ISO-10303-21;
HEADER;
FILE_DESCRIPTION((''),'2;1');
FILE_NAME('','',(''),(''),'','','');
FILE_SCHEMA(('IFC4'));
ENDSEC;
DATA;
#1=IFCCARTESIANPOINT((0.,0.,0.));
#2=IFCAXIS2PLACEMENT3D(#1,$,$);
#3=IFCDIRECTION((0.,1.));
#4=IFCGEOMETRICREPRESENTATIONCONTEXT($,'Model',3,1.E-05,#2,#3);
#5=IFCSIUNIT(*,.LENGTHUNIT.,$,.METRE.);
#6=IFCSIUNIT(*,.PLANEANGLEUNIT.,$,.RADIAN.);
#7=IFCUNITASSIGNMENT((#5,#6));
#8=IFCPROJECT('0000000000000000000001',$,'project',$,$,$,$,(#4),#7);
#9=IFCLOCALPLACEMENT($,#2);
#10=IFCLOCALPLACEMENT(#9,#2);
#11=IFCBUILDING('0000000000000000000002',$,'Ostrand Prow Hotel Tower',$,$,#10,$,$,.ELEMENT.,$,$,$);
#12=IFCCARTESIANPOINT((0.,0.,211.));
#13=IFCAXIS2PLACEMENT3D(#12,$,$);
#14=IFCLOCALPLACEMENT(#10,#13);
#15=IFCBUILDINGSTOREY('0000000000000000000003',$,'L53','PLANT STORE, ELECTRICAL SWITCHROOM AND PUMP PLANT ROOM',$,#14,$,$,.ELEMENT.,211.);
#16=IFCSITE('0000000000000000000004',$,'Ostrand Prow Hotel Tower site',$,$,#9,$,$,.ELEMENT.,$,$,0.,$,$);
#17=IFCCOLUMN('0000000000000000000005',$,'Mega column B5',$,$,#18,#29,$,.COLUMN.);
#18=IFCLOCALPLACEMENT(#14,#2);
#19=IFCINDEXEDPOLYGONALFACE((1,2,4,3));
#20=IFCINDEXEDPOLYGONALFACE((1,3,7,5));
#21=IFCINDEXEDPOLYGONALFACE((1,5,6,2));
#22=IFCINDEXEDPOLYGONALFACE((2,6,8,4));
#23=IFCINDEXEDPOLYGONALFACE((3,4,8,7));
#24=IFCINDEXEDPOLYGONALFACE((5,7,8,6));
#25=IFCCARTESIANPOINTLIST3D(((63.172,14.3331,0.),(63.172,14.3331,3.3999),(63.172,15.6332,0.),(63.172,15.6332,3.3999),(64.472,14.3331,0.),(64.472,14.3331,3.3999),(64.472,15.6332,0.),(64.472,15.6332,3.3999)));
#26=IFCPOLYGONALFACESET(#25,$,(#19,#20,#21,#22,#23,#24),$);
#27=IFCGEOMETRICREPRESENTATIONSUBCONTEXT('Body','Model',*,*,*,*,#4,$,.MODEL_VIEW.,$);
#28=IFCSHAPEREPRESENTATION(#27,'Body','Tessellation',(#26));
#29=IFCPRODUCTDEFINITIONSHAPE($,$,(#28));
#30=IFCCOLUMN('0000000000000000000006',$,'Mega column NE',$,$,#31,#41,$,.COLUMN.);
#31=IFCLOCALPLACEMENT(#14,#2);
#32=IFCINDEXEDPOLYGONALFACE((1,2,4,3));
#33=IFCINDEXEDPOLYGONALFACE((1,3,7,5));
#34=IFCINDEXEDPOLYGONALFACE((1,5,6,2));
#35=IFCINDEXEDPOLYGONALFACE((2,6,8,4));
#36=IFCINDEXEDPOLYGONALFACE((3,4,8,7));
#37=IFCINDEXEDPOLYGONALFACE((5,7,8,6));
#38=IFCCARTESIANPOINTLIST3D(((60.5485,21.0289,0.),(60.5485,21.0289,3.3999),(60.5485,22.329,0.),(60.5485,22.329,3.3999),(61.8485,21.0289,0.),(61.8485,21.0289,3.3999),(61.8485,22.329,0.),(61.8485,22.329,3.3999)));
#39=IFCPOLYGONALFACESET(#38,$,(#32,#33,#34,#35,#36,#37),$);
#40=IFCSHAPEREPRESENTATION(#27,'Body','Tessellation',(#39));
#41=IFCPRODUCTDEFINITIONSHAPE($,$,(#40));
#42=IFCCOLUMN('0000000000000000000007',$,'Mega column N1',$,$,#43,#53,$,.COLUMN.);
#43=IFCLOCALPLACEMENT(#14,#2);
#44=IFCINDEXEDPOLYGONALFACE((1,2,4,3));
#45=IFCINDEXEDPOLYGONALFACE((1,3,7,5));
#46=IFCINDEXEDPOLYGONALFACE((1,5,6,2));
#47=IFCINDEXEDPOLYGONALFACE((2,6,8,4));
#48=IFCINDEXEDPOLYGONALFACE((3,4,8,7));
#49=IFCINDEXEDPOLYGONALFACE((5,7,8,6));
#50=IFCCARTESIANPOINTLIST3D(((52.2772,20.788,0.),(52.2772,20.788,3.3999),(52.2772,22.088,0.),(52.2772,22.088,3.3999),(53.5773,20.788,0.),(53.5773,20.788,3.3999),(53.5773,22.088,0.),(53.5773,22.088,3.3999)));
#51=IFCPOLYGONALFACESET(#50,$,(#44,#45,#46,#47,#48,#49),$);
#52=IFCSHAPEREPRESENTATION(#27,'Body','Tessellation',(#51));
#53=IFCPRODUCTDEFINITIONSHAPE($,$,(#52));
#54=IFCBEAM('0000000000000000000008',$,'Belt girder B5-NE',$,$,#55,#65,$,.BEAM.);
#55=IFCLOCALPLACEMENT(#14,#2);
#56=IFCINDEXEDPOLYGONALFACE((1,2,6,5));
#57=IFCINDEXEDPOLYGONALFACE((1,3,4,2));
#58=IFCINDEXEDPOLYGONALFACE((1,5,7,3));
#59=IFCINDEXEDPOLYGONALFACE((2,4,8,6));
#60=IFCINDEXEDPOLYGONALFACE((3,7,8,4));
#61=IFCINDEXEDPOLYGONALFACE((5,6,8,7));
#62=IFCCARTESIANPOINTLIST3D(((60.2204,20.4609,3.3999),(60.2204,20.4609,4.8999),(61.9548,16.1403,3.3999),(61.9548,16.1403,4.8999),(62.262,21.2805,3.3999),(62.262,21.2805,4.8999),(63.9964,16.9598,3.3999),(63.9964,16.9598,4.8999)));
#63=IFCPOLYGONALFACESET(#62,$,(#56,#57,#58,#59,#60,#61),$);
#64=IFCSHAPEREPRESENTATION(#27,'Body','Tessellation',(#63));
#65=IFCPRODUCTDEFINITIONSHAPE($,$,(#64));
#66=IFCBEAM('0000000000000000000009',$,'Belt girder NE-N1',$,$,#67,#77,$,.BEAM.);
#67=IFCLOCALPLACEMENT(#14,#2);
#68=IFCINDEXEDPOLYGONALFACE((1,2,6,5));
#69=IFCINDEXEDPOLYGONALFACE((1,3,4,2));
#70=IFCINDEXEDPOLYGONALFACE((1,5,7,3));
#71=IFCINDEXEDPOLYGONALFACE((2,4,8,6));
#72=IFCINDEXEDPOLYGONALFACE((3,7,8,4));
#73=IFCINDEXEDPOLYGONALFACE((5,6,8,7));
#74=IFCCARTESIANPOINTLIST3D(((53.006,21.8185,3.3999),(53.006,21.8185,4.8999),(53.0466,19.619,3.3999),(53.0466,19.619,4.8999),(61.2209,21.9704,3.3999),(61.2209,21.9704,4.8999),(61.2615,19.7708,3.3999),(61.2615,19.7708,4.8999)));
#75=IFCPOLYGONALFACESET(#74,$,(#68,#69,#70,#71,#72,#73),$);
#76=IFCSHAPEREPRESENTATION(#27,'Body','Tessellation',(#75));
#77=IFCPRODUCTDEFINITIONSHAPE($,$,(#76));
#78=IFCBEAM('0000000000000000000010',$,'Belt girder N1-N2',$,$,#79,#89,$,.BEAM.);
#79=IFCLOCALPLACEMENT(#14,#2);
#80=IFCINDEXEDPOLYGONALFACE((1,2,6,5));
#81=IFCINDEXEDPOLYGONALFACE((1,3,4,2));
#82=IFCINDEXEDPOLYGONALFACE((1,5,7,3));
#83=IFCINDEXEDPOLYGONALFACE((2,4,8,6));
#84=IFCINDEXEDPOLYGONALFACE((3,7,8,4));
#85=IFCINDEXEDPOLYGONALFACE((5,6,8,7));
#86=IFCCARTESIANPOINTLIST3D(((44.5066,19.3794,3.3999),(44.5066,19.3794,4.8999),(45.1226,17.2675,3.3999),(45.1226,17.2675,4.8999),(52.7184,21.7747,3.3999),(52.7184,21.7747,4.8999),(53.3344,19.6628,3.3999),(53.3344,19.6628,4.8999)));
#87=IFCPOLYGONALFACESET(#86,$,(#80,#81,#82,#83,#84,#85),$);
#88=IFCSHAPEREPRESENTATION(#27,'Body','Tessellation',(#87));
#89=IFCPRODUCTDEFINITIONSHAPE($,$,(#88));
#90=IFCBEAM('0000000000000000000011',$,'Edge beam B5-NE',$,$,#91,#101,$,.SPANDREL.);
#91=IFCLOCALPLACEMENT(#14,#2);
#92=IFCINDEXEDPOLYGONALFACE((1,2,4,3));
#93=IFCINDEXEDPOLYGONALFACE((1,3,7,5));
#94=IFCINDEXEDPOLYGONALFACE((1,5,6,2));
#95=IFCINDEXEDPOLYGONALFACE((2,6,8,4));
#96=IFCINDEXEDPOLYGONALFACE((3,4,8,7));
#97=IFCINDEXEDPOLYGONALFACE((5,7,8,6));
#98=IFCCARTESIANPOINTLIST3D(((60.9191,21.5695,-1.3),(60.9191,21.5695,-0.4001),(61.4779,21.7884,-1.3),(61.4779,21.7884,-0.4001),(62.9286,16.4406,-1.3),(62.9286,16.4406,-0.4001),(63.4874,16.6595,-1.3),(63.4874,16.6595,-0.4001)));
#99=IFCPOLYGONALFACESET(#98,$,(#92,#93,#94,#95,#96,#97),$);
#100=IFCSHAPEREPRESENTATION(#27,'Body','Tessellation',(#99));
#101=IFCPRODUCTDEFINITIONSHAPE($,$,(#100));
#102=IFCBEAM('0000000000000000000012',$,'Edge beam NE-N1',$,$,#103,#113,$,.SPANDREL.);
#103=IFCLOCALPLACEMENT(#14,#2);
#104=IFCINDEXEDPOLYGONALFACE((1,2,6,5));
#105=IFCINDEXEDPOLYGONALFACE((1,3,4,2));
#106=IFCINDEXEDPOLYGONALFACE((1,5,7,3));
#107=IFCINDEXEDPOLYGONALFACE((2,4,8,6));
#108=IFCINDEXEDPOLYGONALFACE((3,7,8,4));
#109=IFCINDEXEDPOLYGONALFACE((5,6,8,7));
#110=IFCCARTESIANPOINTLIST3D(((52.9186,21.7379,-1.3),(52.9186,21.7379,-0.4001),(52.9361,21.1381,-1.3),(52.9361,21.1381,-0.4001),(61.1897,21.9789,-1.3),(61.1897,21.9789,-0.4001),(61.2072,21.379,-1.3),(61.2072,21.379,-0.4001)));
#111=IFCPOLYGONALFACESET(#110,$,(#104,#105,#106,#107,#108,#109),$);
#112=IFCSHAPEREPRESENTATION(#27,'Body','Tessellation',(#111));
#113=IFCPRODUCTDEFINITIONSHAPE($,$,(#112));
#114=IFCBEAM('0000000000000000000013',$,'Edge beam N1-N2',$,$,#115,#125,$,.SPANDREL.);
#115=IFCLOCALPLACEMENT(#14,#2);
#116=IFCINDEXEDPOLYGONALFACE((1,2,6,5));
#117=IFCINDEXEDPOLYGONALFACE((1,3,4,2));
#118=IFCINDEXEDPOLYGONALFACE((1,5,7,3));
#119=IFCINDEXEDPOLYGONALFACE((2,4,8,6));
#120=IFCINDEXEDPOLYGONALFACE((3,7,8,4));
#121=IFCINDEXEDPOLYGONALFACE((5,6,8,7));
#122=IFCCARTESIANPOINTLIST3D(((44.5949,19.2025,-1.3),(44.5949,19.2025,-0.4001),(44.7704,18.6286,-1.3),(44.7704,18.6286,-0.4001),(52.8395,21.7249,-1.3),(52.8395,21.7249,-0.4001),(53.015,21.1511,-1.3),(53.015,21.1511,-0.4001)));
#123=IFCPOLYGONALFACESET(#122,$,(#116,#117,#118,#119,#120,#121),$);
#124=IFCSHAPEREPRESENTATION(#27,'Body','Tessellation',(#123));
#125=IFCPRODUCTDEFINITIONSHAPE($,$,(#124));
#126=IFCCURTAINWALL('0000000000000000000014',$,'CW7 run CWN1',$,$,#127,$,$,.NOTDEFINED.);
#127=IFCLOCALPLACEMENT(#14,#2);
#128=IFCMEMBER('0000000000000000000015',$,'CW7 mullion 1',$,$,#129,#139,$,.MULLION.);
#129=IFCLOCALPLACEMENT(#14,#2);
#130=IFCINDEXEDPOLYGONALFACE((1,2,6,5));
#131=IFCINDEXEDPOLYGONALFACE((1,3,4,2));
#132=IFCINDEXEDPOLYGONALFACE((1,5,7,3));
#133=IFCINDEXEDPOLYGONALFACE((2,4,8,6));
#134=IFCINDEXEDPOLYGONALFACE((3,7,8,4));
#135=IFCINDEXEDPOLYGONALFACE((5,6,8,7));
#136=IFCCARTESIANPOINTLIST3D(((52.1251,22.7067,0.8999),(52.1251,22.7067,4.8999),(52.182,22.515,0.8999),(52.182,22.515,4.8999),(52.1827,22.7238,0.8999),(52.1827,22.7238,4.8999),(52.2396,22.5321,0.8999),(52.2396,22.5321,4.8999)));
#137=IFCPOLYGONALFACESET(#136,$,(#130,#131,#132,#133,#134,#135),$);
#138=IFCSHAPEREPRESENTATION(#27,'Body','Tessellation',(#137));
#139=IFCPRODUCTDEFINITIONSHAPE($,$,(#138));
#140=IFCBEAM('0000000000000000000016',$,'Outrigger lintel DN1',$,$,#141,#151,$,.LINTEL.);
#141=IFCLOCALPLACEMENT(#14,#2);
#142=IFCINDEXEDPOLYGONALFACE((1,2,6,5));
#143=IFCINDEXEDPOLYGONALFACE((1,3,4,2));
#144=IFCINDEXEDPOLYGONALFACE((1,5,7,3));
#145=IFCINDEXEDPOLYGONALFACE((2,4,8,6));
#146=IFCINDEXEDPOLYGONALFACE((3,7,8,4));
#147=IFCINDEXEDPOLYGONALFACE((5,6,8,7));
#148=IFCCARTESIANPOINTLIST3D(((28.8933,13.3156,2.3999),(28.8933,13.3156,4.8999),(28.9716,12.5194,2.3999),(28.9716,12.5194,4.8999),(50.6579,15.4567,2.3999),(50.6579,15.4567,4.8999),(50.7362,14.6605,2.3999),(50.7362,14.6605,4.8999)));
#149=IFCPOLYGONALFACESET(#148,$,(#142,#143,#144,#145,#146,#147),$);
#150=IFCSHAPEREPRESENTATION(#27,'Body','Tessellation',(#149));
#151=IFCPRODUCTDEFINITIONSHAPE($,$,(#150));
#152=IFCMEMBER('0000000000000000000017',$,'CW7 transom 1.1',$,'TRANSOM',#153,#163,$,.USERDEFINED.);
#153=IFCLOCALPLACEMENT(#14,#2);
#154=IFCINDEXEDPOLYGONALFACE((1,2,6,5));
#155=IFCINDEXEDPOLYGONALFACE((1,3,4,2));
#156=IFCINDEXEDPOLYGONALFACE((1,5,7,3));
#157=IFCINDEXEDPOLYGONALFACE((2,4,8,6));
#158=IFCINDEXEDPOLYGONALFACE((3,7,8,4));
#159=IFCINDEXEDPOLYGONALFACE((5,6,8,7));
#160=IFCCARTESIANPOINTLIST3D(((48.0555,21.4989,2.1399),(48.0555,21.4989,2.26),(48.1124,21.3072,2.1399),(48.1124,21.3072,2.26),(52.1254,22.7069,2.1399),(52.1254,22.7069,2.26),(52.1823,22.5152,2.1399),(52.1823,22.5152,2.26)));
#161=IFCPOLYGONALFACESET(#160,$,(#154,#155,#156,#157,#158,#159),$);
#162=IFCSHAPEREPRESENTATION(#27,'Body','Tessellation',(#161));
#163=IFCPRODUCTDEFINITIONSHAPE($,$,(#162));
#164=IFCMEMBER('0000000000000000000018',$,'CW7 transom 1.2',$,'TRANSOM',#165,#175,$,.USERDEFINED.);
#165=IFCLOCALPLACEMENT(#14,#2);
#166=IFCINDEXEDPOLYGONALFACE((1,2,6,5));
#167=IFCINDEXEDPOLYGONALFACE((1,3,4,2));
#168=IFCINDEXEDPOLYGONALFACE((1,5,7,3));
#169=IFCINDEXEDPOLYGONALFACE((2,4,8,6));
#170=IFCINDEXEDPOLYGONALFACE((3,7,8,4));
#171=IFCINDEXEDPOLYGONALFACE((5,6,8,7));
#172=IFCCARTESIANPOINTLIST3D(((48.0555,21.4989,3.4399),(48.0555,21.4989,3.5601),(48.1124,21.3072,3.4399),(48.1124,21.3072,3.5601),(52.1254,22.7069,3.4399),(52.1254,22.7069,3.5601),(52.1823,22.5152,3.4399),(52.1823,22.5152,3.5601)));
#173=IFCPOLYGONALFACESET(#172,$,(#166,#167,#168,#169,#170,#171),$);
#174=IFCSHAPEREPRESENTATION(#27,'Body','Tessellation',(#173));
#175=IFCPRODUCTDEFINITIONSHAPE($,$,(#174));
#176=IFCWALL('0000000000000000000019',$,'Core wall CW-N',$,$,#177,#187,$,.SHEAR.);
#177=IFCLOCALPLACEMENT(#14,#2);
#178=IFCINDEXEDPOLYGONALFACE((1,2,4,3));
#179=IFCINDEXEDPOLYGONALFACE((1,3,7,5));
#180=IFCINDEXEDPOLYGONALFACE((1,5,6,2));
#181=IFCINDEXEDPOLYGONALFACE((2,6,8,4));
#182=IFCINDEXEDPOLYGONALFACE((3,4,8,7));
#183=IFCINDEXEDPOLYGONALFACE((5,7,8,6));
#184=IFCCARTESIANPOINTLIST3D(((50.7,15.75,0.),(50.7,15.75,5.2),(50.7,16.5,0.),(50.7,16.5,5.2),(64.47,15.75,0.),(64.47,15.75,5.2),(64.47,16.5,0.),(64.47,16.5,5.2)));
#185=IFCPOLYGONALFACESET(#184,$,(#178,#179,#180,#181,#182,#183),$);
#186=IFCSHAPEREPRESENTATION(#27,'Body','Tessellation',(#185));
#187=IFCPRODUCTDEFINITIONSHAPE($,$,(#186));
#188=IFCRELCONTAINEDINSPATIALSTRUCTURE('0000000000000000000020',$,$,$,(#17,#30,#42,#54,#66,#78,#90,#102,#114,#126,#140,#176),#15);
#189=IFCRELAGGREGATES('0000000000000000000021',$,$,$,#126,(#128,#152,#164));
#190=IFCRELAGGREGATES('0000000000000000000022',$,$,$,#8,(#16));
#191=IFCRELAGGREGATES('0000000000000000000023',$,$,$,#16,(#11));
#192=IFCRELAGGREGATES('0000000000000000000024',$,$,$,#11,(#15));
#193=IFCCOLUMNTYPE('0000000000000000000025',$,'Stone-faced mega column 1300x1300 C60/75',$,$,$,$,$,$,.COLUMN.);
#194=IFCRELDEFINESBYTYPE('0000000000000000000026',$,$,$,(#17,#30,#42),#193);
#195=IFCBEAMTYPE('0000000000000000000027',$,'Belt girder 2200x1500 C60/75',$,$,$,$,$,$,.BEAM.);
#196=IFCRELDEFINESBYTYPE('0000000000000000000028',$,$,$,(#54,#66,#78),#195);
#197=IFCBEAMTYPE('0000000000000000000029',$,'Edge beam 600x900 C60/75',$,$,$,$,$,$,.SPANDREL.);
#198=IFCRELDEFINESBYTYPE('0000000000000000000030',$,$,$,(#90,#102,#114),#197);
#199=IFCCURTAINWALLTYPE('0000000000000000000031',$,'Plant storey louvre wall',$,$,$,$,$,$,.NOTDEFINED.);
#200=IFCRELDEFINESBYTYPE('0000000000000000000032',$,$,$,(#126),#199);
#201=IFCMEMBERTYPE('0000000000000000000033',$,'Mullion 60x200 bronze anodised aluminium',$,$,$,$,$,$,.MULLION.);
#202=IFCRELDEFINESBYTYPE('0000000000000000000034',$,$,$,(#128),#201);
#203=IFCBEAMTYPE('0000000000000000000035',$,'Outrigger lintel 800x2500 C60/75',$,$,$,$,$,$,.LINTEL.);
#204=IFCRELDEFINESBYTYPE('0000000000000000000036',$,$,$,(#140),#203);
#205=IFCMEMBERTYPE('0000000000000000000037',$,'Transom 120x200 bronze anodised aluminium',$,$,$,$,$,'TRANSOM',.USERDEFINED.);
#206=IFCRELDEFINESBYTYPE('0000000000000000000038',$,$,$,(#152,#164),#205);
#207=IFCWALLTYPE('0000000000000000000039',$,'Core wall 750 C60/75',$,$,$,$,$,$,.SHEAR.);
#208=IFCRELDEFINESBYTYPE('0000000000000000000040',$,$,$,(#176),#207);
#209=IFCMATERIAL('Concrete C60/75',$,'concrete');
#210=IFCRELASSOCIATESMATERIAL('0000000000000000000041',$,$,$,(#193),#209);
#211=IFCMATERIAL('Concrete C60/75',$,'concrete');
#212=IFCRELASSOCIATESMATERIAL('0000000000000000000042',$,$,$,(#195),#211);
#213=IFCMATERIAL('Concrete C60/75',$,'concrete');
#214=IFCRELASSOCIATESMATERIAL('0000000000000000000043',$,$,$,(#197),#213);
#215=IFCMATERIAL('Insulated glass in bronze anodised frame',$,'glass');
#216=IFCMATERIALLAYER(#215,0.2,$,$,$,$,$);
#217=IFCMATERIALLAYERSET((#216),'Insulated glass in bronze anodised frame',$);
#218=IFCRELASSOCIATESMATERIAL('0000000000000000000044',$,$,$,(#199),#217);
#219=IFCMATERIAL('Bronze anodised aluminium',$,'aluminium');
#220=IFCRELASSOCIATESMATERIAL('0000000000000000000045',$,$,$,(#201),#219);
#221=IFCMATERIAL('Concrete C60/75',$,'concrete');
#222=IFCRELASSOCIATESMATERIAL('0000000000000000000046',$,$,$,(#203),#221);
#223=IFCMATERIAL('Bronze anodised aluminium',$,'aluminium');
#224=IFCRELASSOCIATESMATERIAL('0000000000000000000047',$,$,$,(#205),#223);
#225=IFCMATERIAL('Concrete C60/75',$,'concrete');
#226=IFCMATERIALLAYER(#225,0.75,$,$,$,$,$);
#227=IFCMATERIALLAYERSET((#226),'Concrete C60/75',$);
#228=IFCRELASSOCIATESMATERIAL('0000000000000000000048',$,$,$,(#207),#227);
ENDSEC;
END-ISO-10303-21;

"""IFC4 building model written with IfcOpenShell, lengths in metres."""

from ifc_helpers import new_model, si_unit, direction, frame, frame_2d, origin, origin_2d, place, context, subcontext, project, spatial, rectangle, extrude, material, layer, layer_set, material_profile, profile_set, type_object, element, aggregate, save


model = new_model("IFC4")

# Units and contexts
model_context = context("Model", 3, precision=1e-05, world=origin(), true_north=direction((0.0, 1.0)))
body_context = subcontext(model_context, "Body", "Model", "MODEL_VIEW")
ifc_project = project(units=[si_unit("LENGTHUNIT", "METRE"), si_unit("PLANEANGLEUNIT", "RADIAN")], contexts=[model_context])

# Site, building, storey
site_placement = place(None, origin())
site = spatial("IfcSite", under=ifc_project, at=site_placement, Name="Ostrand Prow Hotel Tower site", CompositionType="ELEMENT", RefElevation=0.0)
building_placement = place(site_placement, origin())
building = spatial("IfcBuilding", under=site, at=building_placement, Name="Ostrand Prow Hotel Tower", CompositionType="ELEMENT")
storey_placement = place(building_placement, frame((0.0, 0.0, 211.0)))
storey = spatial("IfcBuildingStorey", under=building, at=storey_placement, Name="L53", Description="PLANT STORE, ELECTRICAL SWITCHROOM AND PUMP PLANT ROOM", CompositionType="ELEMENT", Elevation=211.0)

# Columns
ifc_material_1 = material(Name="Concrete C60/75", Category="concrete")
ifc_material_profile_1 = material_profile(ifc_material_1, rectangle(XDim=1.3, YDim=1.3, at=origin_2d()), Name="RC 1300x1300")
ifc_profile_set_1 = profile_set([ifc_material_profile_1], Name="Concrete C60/75")
column_type = type_object("IfcColumnType", Name="Stone-faced mega column 1300x1300 C60/75", PredefinedType="COLUMN", material=ifc_profile_set_1)
for number, where, z_axis, x_axis, name in (
    (1, (63.822, 14.9832, 0.0), (0.0, 0.0, 1.0), (1.0, 0.0, 0.0), "Mega column B5"),
    (2, (61.1985, 21.679, 0.0), (0.0, 0.0, 1.0), (1.0, 0.0, 0.0), "Mega column NE"),
    (3, (52.9272, 21.438, 0.0), (0.0, 0.0, 1.0), (1.0, 0.0, 0.0), "Mega column N1"),
):
    element("IfcColumn", number, at=place(storey_placement, frame(where, z_axis=z_axis, x_axis=x_axis)), inside=storey, type_object=column_type, Name=name, PredefinedType="COLUMN", context=body_context, shape_type="SweptSolid", body=[
        extrude(rectangle(XDim=1.3, YDim=1.3, at=origin_2d()), origin(), (0.0, 0.0, 1.0), 3.3999),
    ])

# Beams
ifc_material_2 = material(Name="Concrete C60/75", Category="concrete")
ifc_material_profile_2 = material_profile(ifc_material_2, rectangle(XDim=2.2, YDim=1.5, at=origin_2d()), Name="RC 2200x1500")
ifc_profile_set_2 = profile_set([ifc_material_profile_2], Name="Concrete C60/75")
beam_type_1 = type_object("IfcBeamType", Name="Belt girder 2200x1500 C60/75", PredefinedType="BEAM", material=ifc_profile_set_2)
beam_1_placement = place(storey_placement, frame((62.9756, 16.55, 4.1499), z_axis=(-0.37253, 0.92802, 0.0), x_axis=(-0.92802, -0.37253, 0.0)))
element("IfcBeam", 4, at=beam_1_placement, inside=storey, type_object=beam_type_1, Name="Belt girder B5-NE", PredefinedType="BEAM", context=body_context, shape_type="SweptSolid", body=[
    extrude(rectangle(XDim=2.2, YDim=1.5, at=origin_2d()), origin(), (0.0, 0.0, 1.0), 4.6558),
])
beam_2_placement = place(storey_placement, frame((61.2412, 20.8706, 4.1499), z_axis=(-0.999829, -0.018482, 0.0), x_axis=(0.018482, -0.999829, 0.0)))
element("IfcBeam", 5, at=beam_2_placement, inside=storey, type_object=beam_type_1, Name="Belt girder NE-N1", PredefinedType="BEAM", context=body_context, shape_type="SweptSolid", body=[
    extrude(rectangle(XDim=2.2, YDim=1.5, at=origin_2d()), origin(), (0.0, 0.0, 1.0), 8.2163),
])
beam_3_placement = place(storey_placement, frame((53.0264, 20.7188, 4.1499), z_axis=(-0.959994, -0.280021, 0.0), x_axis=(0.280021, -0.959994, 0.0)))
element("IfcBeam", 6, at=beam_3_placement, inside=storey, type_object=beam_type_1, Name="Belt girder N1-N2", PredefinedType="BEAM", context=body_context, shape_type="SweptSolid", body=[
    extrude(rectangle(XDim=2.2, YDim=1.5, at=origin_2d()), origin(), (0.0, 0.0, 1.0), 8.554),
])
ifc_material_3 = material(Name="Concrete C60/75", Category="concrete")
ifc_material_profile_3 = material_profile(ifc_material_3, rectangle(XDim=0.6001, YDim=0.8999, at=origin_2d()), Name="RC 600x900")
ifc_profile_set_3 = profile_set([ifc_material_profile_3], Name="Concrete C60/75")
beam_type_2 = type_object("IfcBeamType", Name="Edge beam 600x900 C60/75", PredefinedType="SPANDREL", material=ifc_profile_set_3)
beam_4_placement = place(storey_placement, frame((63.208, 16.55, -0.8501), z_axis=(-0.364802, 0.931085, 0.0), x_axis=(-0.931085, -0.364802, 0.0)))
element("IfcBeam", 7, at=beam_4_placement, inside=storey, type_object=beam_type_2, Name="Edge beam B5-NE", PredefinedType="SPANDREL", context=body_context, shape_type="SweptSolid", body=[
    extrude(rectangle(XDim=0.6001, YDim=0.8999, at=origin_2d()), origin(), (0.0, 0.0, 1.0), 5.5085),
])
beam_5_placement = place(storey_placement, frame((61.1985, 21.679, -0.8501), z_axis=(-0.999576, -0.029121, 0.0), x_axis=(0.029121, -0.999576, 0.0)))
element("IfcBeam", 8, at=beam_5_placement, inside=storey, type_object=beam_type_2, Name="Edge beam NE-N1", PredefinedType="SPANDREL", context=body_context, shape_type="SweptSolid", body=[
    extrude(rectangle(XDim=0.6001, YDim=0.8999, at=origin_2d()), origin(), (0.0, 0.0, 1.0), 8.2747),
])
beam_6_placement = place(storey_placement, frame((52.9272, 21.438, -0.8501), z_axis=(-0.956246, -0.292565, 0.0), x_axis=(0.292565, -0.956246, 0.0)))
element("IfcBeam", 9, at=beam_6_placement, inside=storey, type_object=beam_type_2, Name="Edge beam N1-N2", PredefinedType="SPANDREL", context=body_context, shape_type="SweptSolid", body=[
    extrude(rectangle(XDim=0.6001, YDim=0.8999, at=origin_2d()), origin(), (0.0, 0.0, 1.0), 8.6218),
])

# Curtain wall, member
ifc_material_4 = material(Name="Insulated glass in bronze anodised frame", Category="glass")
ifc_layer_1 = layer(ifc_material_4, 0.2)
ifc_layer_set_1 = layer_set([ifc_layer_1], Name="Insulated glass in bronze anodised frame")
curtain_wall_type = type_object("IfcCurtainWallType", Name="Plant storey louvre wall", PredefinedType="NOTDEFINED", material=ifc_layer_set_1)
curtain_wall_placement = place(storey_placement, origin())
curtain_wall = element("IfcCurtainWall", 10, at=curtain_wall_placement, inside=storey, type_object=curtain_wall_type, Name="CW7 run CWN1", PredefinedType="NOTDEFINED")
ifc_material_5 = material(Name="Bronze anodised aluminium", Category="aluminium")
ifc_material_profile_4 = material_profile(ifc_material_5, rectangle(XDim=0.2, YDim=0.0601, at=origin_2d()), Name="Mullion 60x200 bronze anodised aluminium")
ifc_profile_set_4 = profile_set([ifc_material_profile_4], Name="Bronze anodised aluminium")
member_type_1 = type_object("IfcMemberType", Name="Mullion 60x200 bronze anodised aluminium", PredefinedType="MULLION", material=ifc_profile_set_4)
member_1_placement = place(storey_placement, frame((52.1824, 22.6194, 0.8999), z_axis=(0.0, 0.0, 1.0), x_axis=(0.284544, -0.958663, 0.0)))
member_1 = element("IfcMember", 11, at=member_1_placement, type_object=member_type_1, Name="CW7 mullion 1", PredefinedType="MULLION", context=body_context, shape_type="SweptSolid", body=[
    extrude(rectangle(XDim=0.2, YDim=0.0601, at=origin_2d()), origin(), (0.0, 0.0, 1.0), 4.0),
])

# Beam
ifc_material_6 = material(Name="Concrete C60/75", Category="concrete")
ifc_material_profile_5 = material_profile(ifc_material_6, rectangle(XDim=0.8, YDim=2.5, at=origin_2d()), Name="RC 800x2500")
ifc_profile_set_5 = profile_set([ifc_material_profile_5], Name="Concrete C60/75")
beam_type_3 = type_object("IfcBeamType", Name="Outrigger lintel 800x2500 C60/75", PredefinedType="LINTEL", material=ifc_profile_set_5)
beam_7_placement = place(storey_placement, frame((50.697, 15.0586, 3.6499), z_axis=(-0.995196, -0.097903, 0.0), x_axis=(0.097903, -0.995196, 0.0)))
element("IfcBeam", 12, at=beam_7_placement, inside=storey, type_object=beam_type_3, Name="Outrigger lintel DN1", PredefinedType="LINTEL", context=body_context, shape_type="SweptSolid", body=[
    extrude(rectangle(XDim=0.8, YDim=2.5, at=origin_2d()), origin(), (0.0, 0.0, 1.0), 21.8696),
])

# Members
ifc_material_7 = material(Name="Bronze anodised aluminium", Category="aluminium")
ifc_material_profile_6 = material_profile(ifc_material_7, rectangle(XDim=0.2, YDim=0.1201, at=origin_2d()), Name="Transom 120x200 bronze anodised aluminium")
ifc_profile_set_6 = profile_set([ifc_material_profile_6], Name="Bronze anodised aluminium")
member_type_2 = type_object("IfcMemberType", Name="Transom 120x200 bronze anodised aluminium", ElementType="TRANSOM", PredefinedType="USERDEFINED", material=ifc_profile_set_6)
member_2_placement = place(storey_placement, frame((52.1538, 22.6111, 2.2), z_axis=(-0.958661, -0.28455, 0.0), x_axis=(0.28455, -0.958661, 0.0)))
member_2 = element("IfcMember", 13, at=member_2_placement, type_object=member_type_2, Name="CW7 transom 1.1", ObjectType="TRANSOM", PredefinedType="USERDEFINED", context=body_context, shape_type="SweptSolid", body=[
    extrude(rectangle(XDim=0.2, YDim=0.1201, at=origin_2d()), origin(), (0.0, 0.0, 1.0), 4.2454),
])
member_3_placement = place(storey_placement, frame((52.1538, 22.6111, 3.5), z_axis=(-0.958661, -0.28455, 0.0), x_axis=(0.28455, -0.958661, 0.0)))
member_3 = element("IfcMember", 14, at=member_3_placement, type_object=member_type_2, Name="CW7 transom 1.2", ObjectType="TRANSOM", PredefinedType="USERDEFINED", context=body_context, shape_type="SweptSolid", body=[
    extrude(rectangle(XDim=0.2, YDim=0.1201, at=origin_2d()), origin(), (0.0, 0.0, 1.0), 4.2454),
])
aggregate(curtain_wall, [member_1, member_2, member_3])

# Wall
ifc_material_8 = material(Name="Concrete C60/75", Category="concrete")
ifc_layer_2 = layer(ifc_material_8, 0.75)
ifc_layer_set_2 = layer_set([ifc_layer_2], Name="Concrete C60/75")
wall_type_1 = type_object("IfcWallType", Name="Core wall 750 C60/75", PredefinedType="SHEAR", material=ifc_layer_set_2)
wall_1_placement = place(storey_placement, frame((50.7, 16.125, 0.0), z_axis=(0.0, 0.0, 1.0), x_axis=(1.0, 0.0, 0.0)))
element("IfcWall", 15, at=wall_1_placement, inside=storey, type_object=wall_type_1, Name="Core wall CW-N", PredefinedType="SHEAR", context=body_context, shape_type="SweptSolid", body=[
    extrude(rectangle(XDim=13.77, YDim=0.75, at=frame_2d((6.885, 0.0))), origin(), (0.0, 0.0, 1.0), 5.2),
])

save(model, "model.ifc")
